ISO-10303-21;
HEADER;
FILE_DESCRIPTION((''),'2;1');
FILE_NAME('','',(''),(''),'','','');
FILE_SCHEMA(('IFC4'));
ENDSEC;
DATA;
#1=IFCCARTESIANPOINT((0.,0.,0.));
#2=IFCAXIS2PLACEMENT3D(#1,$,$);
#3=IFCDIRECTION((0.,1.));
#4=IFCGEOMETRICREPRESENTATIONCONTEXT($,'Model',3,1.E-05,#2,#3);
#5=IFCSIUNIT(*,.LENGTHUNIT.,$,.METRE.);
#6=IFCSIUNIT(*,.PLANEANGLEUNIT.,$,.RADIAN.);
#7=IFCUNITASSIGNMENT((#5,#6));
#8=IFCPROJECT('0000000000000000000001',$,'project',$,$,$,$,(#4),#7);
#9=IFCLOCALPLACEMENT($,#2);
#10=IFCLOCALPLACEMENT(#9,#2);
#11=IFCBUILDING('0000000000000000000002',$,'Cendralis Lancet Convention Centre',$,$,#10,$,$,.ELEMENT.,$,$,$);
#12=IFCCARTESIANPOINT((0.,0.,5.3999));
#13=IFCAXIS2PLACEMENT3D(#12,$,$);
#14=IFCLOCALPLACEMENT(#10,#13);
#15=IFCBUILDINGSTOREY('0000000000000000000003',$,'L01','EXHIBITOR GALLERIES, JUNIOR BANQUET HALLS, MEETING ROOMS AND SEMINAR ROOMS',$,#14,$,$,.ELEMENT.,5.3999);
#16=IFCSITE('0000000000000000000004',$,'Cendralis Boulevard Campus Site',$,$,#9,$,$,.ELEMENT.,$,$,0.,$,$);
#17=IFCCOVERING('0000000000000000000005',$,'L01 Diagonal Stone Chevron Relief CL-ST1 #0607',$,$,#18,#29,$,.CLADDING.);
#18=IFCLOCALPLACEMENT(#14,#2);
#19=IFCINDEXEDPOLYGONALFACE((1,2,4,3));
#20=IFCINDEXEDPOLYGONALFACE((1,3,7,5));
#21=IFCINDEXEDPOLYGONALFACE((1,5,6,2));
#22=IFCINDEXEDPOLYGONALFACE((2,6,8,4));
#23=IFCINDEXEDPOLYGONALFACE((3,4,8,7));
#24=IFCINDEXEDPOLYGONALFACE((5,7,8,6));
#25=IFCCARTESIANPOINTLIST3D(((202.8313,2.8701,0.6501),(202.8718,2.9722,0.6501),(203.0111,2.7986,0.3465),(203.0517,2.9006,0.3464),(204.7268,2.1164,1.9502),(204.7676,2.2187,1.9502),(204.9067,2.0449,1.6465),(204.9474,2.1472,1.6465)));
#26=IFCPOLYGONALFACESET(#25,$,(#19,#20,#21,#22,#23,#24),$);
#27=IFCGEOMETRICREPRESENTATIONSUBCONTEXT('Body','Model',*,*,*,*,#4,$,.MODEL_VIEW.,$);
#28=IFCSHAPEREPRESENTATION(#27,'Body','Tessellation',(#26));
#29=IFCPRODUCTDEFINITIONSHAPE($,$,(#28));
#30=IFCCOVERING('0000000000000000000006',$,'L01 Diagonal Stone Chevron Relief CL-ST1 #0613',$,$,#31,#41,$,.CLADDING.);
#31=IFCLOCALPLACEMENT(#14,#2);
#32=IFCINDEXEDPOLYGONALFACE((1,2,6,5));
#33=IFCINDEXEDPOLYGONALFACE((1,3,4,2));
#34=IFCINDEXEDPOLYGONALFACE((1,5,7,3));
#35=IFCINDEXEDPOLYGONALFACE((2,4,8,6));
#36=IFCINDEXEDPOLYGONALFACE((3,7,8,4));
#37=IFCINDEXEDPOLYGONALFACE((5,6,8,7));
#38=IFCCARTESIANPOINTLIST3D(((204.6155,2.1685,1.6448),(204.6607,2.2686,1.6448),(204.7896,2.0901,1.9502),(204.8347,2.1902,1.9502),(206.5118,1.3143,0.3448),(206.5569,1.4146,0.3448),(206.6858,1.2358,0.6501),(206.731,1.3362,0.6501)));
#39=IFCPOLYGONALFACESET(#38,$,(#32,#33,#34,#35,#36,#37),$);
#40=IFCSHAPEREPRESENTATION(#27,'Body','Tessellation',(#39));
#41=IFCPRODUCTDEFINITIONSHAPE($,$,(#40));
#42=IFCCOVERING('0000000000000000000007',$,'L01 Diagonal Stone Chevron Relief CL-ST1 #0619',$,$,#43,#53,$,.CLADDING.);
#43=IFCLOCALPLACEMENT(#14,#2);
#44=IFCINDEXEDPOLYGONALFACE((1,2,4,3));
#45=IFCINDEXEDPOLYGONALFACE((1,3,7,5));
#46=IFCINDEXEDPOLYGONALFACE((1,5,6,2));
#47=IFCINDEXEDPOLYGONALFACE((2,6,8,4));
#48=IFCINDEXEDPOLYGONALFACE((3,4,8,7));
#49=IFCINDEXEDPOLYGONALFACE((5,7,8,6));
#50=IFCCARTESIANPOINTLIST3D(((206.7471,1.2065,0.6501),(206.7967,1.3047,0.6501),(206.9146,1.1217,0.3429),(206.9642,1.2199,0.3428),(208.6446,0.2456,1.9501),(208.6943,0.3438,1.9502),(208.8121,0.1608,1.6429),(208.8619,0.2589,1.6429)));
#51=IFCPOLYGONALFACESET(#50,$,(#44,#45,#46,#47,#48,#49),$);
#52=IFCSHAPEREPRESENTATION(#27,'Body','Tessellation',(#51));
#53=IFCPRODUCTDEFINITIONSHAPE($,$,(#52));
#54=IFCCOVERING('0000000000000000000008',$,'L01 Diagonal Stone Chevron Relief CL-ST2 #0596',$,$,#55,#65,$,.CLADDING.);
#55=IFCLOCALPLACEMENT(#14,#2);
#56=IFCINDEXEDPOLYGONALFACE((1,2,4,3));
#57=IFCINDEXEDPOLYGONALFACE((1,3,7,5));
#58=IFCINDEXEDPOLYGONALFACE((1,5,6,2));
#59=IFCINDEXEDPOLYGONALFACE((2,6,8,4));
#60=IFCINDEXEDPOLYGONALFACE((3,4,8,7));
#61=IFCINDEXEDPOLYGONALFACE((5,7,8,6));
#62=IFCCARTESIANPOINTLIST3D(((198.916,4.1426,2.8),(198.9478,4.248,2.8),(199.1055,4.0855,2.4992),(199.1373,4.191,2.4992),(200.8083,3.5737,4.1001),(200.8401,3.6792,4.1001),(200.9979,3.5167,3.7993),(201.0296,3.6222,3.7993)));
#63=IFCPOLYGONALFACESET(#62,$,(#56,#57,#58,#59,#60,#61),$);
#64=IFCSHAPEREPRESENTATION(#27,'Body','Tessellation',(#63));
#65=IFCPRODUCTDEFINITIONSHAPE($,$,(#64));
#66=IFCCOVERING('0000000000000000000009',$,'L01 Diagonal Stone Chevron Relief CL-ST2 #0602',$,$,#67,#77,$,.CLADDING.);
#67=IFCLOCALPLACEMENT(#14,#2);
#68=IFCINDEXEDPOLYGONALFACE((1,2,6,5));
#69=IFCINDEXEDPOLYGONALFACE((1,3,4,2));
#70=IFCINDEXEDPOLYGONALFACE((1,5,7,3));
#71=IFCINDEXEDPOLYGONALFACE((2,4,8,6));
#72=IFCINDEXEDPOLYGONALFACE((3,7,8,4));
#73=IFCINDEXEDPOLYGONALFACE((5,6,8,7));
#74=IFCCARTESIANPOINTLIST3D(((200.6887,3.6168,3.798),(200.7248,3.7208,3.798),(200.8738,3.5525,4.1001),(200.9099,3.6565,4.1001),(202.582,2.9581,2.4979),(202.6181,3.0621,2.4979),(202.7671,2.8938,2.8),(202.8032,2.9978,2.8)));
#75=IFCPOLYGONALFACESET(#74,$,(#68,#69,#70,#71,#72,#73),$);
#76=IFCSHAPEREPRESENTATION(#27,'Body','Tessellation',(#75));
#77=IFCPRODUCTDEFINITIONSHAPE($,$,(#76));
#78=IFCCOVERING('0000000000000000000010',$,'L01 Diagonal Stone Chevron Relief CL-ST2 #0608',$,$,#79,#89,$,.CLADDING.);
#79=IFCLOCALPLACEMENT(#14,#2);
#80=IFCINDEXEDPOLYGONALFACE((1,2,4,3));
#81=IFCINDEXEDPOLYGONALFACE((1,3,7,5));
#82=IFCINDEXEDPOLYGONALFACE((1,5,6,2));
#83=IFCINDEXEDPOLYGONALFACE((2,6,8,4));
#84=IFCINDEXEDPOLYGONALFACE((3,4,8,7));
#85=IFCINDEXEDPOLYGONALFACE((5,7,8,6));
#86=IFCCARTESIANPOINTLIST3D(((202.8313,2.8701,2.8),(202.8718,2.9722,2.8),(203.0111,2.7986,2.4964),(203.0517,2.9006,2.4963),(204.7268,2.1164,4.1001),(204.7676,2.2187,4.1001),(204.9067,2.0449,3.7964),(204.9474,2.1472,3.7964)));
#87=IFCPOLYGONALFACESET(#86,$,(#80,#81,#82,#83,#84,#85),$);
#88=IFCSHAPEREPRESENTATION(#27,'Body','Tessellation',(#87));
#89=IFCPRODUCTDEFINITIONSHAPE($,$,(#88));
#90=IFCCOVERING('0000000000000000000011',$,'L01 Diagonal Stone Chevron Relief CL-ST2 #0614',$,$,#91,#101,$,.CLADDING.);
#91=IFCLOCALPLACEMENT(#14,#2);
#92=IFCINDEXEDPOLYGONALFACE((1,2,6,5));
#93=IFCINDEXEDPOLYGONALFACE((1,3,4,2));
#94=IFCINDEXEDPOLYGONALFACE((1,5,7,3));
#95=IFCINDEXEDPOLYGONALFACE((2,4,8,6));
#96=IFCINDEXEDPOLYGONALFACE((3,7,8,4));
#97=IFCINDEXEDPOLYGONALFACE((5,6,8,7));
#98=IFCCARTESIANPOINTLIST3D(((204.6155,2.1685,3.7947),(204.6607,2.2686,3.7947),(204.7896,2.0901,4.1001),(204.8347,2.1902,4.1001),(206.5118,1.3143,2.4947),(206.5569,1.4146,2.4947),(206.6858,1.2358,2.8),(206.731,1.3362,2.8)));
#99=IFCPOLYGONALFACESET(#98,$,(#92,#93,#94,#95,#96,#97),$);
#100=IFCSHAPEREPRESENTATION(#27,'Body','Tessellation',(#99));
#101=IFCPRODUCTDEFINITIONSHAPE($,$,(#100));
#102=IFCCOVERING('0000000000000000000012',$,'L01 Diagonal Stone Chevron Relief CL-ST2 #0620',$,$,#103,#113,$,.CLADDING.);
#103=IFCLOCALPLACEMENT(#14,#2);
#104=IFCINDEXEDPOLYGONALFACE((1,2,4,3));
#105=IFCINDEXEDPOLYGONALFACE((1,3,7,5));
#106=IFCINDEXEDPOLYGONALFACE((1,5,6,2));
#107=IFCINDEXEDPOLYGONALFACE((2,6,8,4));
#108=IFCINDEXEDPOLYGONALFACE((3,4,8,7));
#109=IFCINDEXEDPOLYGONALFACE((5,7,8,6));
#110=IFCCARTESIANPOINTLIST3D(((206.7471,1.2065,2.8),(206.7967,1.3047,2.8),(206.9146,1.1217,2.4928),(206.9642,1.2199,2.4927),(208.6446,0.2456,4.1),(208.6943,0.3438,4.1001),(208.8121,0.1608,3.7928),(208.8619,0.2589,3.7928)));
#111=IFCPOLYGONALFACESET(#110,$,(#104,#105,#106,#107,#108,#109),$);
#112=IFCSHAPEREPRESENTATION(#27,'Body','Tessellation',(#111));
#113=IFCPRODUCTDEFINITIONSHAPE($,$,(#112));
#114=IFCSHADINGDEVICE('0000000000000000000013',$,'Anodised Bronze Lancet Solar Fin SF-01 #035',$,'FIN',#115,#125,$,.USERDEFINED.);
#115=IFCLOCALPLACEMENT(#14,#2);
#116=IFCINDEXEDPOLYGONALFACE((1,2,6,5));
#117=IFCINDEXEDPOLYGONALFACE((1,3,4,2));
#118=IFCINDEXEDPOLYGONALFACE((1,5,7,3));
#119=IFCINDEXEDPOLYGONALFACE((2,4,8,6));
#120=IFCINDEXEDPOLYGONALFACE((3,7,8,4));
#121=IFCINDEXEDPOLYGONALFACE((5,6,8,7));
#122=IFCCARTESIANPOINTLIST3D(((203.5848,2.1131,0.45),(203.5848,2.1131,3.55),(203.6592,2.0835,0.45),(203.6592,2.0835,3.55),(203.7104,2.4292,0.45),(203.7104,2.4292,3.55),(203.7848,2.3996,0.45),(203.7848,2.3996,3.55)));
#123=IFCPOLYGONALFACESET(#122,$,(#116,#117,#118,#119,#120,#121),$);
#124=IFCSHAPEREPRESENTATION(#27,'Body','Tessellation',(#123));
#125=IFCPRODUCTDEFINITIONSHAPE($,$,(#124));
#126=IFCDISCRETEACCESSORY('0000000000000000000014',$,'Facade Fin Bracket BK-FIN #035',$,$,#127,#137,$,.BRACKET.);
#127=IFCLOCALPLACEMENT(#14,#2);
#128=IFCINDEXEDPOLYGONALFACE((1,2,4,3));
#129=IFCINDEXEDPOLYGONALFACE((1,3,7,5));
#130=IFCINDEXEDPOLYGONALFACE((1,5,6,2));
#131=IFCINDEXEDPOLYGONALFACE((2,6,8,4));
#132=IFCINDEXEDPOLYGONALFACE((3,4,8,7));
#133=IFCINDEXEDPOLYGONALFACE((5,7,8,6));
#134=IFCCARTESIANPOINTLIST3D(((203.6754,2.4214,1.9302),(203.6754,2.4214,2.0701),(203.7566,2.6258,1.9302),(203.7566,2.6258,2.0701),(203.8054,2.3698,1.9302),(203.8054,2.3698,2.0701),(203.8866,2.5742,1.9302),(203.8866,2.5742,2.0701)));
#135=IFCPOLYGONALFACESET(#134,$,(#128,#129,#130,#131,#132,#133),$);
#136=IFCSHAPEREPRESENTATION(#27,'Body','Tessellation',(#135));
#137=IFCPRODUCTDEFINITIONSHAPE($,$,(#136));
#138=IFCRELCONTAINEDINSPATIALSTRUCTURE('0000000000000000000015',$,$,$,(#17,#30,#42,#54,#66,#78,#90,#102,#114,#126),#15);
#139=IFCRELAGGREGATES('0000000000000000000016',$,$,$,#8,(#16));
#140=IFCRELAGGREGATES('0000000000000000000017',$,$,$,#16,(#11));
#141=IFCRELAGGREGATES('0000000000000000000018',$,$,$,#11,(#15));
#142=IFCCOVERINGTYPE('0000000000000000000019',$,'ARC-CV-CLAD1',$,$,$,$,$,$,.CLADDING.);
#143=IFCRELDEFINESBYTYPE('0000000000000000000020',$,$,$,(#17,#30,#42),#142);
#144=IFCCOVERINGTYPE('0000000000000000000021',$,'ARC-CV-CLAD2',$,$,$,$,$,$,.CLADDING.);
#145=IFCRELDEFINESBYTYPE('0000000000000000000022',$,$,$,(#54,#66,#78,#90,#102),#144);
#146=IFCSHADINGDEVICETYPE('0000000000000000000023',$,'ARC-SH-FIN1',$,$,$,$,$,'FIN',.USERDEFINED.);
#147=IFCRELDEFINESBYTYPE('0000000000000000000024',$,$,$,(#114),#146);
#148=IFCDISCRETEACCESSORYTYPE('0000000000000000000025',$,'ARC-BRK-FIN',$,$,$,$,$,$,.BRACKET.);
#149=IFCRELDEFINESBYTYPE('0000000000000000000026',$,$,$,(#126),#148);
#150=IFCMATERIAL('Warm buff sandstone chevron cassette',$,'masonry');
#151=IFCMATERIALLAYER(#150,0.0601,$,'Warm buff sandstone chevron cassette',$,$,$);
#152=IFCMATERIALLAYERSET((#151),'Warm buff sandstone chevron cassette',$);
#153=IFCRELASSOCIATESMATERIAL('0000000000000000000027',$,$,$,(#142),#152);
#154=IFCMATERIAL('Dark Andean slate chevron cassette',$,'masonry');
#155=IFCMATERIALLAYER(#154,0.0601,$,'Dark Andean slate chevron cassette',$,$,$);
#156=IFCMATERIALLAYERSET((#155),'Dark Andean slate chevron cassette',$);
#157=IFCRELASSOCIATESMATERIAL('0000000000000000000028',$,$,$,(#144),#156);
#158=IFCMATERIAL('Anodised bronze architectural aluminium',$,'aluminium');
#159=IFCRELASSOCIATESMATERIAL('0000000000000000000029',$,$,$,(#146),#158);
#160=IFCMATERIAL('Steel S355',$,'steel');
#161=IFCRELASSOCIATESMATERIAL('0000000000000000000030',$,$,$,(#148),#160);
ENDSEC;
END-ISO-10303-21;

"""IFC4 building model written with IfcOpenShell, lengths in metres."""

from ifc_helpers import new_model, si_unit, direction, frame, origin, origin_2d, place, context, subcontext, project, spatial, polyline, rectangle, outline, extrude, material, layer, layer_set, type_object, element, save


model = new_model("IFC4")

# Units and contexts
model_context = context("Model", 3, precision=1e-05, world=origin(), true_north=direction((0.0, 1.0)))
body_context = subcontext(model_context, "Body", "Model", "MODEL_VIEW")
ifc_project = project(units=[si_unit("LENGTHUNIT", "METRE"), si_unit("PLANEANGLEUNIT", "RADIAN")], contexts=[model_context])

# Site, building, storey
site_placement = place(None, origin())
site = spatial("IfcSite", under=ifc_project, at=site_placement, Name="Cendralis Boulevard Campus Site", CompositionType="ELEMENT", RefElevation=0.0)
building_placement = place(site_placement, origin())
building = spatial("IfcBuilding", under=site, at=building_placement, Name="Cendralis Lancet Convention Centre", CompositionType="ELEMENT")
storey_placement = place(building_placement, frame((0.0, 0.0, 5.3999)))
storey = spatial("IfcBuildingStorey", under=building, at=storey_placement, Name="L01", Description="EXHIBITOR GALLERIES, JUNIOR BANQUET HALLS, MEETING ROOMS AND SEMINAR ROOMS", CompositionType="ELEMENT", Elevation=5.3999)

# Shared definitions
ifc_material_1 = material(Name="Dark Andean slate chevron cassette", Category="masonry")
ifc_material_2 = material(Name="Warm buff sandstone chevron cassette", Category="masonry")

# Coverings
ifc_layer_1 = layer(ifc_material_2, 0.0601, Name="Warm buff sandstone chevron cassette")
ifc_layer_set_1 = layer_set([ifc_layer_1], Name="Warm buff sandstone chevron cassette")
covering_type_1 = type_object("IfcCoveringType", Name="ARC-CV-CLAD1", PredefinedType="CLADDING", material=ifc_layer_set_1)
covering_1_placement = place(storey_placement, frame((202.8313, 2.8701, 0.6501), z_axis=(-0.499371, 0.198675, 0.843301), x_axis=(0.783631, -0.311575, 0.537441)))
element("IfcCovering", 1, at=covering_1_placement, inside=storey, type_object=covering_type_1, Name="L01 Diagonal Stone Chevron Relief CL-ST1 #0607", PredefinedType="CLADDING", context=body_context, shape_type="SweptSolid", body=[
    extrude(outline(polyline([(0.0, 0.0), (2.4189, 0.0), (2.419, 0.1101), (0.0, 0.1098), (0.0, 0.0)])), origin(), (0.0, 0.0, -1.0), 0.3601),
])
covering_2_placement = place(storey_placement, frame((204.7896, 2.0901, 1.9502), z_axis=(0.483255, -0.217789, 0.847958), x_axis=(0.773128, -0.348291, -0.530064)))
element("IfcCovering", 2, at=covering_2_placement, inside=storey, type_object=covering_type_1, Name="L01 Diagonal Stone Chevron Relief CL-ST1 #0613", PredefinedType="CLADDING", context=body_context, shape_type="SweptSolid", body=[
    extrude(outline(polyline([(0.0, 0.0), (2.4527, 0.0), (2.4526, 0.11), (0.0001, 0.1098), (0.0, 0.0)])), origin(), (0.0, 0.0, -1.0), 0.3601),
])
covering_3_placement = place(storey_placement, frame((206.7471, 1.2065, 0.6501), z_axis=(-0.465289, 0.235538, 0.853246), x_axis=(0.761197, -0.385496, 0.521509)))
element("IfcCovering", 3, at=covering_3_placement, inside=storey, type_object=covering_type_1, Name="L01 Diagonal Stone Chevron Relief CL-ST1 #0619", PredefinedType="CLADDING", context=body_context, shape_type="SweptSolid", body=[
    extrude(outline(polyline([(0.0, 0.0), (2.4928, 0.0), (2.4928, 0.1101), (-0.0001, 0.1099), (0.0, 0.0)])), origin(), (0.0, 0.0, -1.0), 0.3601),
])
ifc_layer_2 = layer(ifc_material_1, 0.0601, Name="Dark Andean slate chevron cassette")
ifc_layer_set_2 = layer_set([ifc_layer_2], Name="Dark Andean slate chevron cassette")
covering_type_2 = type_object("IfcCoveringType", Name="ARC-CV-CLAD2", PredefinedType="CLADDING", material=ifc_layer_set_2)
covering_4_placement = place(storey_placement, frame((198.916, 4.1426, 2.8), z_axis=(-0.526319, 0.158383, 0.835406), x_axis=(0.80004, -0.240497, 0.549634)))
element("IfcCovering", 4, at=covering_4_placement, inside=storey, type_object=covering_type_2, Name="L01 Diagonal Stone Chevron Relief CL-ST2 #0596", PredefinedType="CLADDING", context=body_context, shape_type="SweptSolid", body=[
    extrude(outline(polyline([(0.0, 0.0), (2.3653, 0.0), (2.3653, 0.1101), (0.0, 0.1101), (0.0, 0.0)])), origin(), (0.0, 0.0, -1.0), 0.3601),
])
covering_5_placement = place(storey_placement, frame((200.8738, 3.5525, 4.1001), z_axis=(0.513984, -0.178567, 0.839008), x_axis=(0.792421, -0.275687, -0.544119)))
element("IfcCovering", 5, at=covering_5_placement, inside=storey, type_object=covering_type_2, Name="L01 Diagonal Stone Chevron Relief CL-ST2 #0602", PredefinedType="CLADDING", context=body_context, shape_type="SweptSolid", body=[
    extrude(outline(polyline([(0.0, 0.0), (2.3893, 0.0), (2.3892, 0.1101), (0.0, 0.1101), (0.0, 0.0)])), origin(), (0.0, 0.0, -1.0), 0.3601),
])
covering_6_placement = place(storey_placement, frame((202.8313, 2.8701, 2.8), z_axis=(-0.499371, 0.198675, 0.843301), x_axis=(0.783631, -0.311575, 0.537441)))
element("IfcCovering", 6, at=covering_6_placement, inside=storey, type_object=covering_type_2, Name="L01 Diagonal Stone Chevron Relief CL-ST2 #0608", PredefinedType="CLADDING", context=body_context, shape_type="SweptSolid", body=[
    extrude(outline(polyline([(0.0, 0.0), (2.4189, 0.0), (2.419, 0.1101), (0.0, 0.1098), (0.0, 0.0)])), origin(), (0.0, 0.0, -1.0), 0.3601),
])
covering_7_placement = place(storey_placement, frame((204.7896, 2.0901, 4.1001), z_axis=(0.483255, -0.217789, 0.847958), x_axis=(0.773128, -0.348291, -0.530064)))
element("IfcCovering", 7, at=covering_7_placement, inside=storey, type_object=covering_type_2, Name="L01 Diagonal Stone Chevron Relief CL-ST2 #0614", PredefinedType="CLADDING", context=body_context, shape_type="SweptSolid", body=[
    extrude(outline(polyline([(0.0, 0.0), (2.4527, 0.0), (2.4526, 0.11), (0.0001, 0.1098), (0.0, 0.0)])), origin(), (0.0, 0.0, -1.0), 0.3601),
])
covering_8_placement = place(storey_placement, frame((206.7471, 1.2065, 2.8), z_axis=(-0.465289, 0.235538, 0.853246), x_axis=(0.761197, -0.385496, 0.521509)))
element("IfcCovering", 8, at=covering_8_placement, inside=storey, type_object=covering_type_2, Name="L01 Diagonal Stone Chevron Relief CL-ST2 #0620", PredefinedType="CLADDING", context=body_context, shape_type="SweptSolid", body=[
    extrude(outline(polyline([(0.0, 0.0), (2.4928, 0.0), (2.4928, 0.1101), (-0.0001, 0.1099), (0.0, 0.0)])), origin(), (0.0, 0.0, -1.0), 0.3601),
])

# Shading device
ifc_material_3 = material(Name="Anodised bronze architectural aluminium", Category="aluminium")
shading_device_type = type_object("IfcShadingDeviceType", Name="ARC-SH-FIN1", ElementType="FIN", PredefinedType="USERDEFINED", material=ifc_material_3)
shading_device_placement = place(storey_placement, frame((203.6848, 2.2563, 0.45), z_axis=(0.0, 0.0, 1.0), x_axis=(0.929287, -0.369358, 0.0)))
element("IfcShadingDevice", 9, at=shading_device_placement, inside=storey, type_object=shading_device_type, Name="Anodised Bronze Lancet Solar Fin SF-01 #035", ObjectType="FIN", PredefinedType="USERDEFINED", context=body_context, shape_type="SweptSolid", body=[
    extrude(rectangle(XDim=0.0801, YDim=0.3401, at=origin_2d()), origin(), (0.0, 0.0, 1.0), 3.1001),
])

# Discrete accessory
ifc_material_4 = material(Name="Steel S355", Category="steel")
discrete_accessory_type = type_object("IfcDiscreteAccessoryType", Name="ARC-BRK-FIN", PredefinedType="BRACKET", material=ifc_material_4)
discrete_accessory_placement = place(storey_placement, frame((203.781, 2.4978, 1.9302), z_axis=(0.0, 0.0, 1.0), x_axis=(0.929287, -0.369358, 0.0)))
element("IfcDiscreteAccessory", 10, at=discrete_accessory_placement, inside=storey, type_object=discrete_accessory_type, Name="Facade Fin Bracket BK-FIN #035", PredefinedType="BRACKET", context=body_context, shape_type="SweptSolid", body=[
    extrude(rectangle(XDim=0.1399, YDim=0.22, at=origin_2d()), origin(), (0.0, 0.0, 1.0), 0.1399),
])

save(model, "model.ifc")
